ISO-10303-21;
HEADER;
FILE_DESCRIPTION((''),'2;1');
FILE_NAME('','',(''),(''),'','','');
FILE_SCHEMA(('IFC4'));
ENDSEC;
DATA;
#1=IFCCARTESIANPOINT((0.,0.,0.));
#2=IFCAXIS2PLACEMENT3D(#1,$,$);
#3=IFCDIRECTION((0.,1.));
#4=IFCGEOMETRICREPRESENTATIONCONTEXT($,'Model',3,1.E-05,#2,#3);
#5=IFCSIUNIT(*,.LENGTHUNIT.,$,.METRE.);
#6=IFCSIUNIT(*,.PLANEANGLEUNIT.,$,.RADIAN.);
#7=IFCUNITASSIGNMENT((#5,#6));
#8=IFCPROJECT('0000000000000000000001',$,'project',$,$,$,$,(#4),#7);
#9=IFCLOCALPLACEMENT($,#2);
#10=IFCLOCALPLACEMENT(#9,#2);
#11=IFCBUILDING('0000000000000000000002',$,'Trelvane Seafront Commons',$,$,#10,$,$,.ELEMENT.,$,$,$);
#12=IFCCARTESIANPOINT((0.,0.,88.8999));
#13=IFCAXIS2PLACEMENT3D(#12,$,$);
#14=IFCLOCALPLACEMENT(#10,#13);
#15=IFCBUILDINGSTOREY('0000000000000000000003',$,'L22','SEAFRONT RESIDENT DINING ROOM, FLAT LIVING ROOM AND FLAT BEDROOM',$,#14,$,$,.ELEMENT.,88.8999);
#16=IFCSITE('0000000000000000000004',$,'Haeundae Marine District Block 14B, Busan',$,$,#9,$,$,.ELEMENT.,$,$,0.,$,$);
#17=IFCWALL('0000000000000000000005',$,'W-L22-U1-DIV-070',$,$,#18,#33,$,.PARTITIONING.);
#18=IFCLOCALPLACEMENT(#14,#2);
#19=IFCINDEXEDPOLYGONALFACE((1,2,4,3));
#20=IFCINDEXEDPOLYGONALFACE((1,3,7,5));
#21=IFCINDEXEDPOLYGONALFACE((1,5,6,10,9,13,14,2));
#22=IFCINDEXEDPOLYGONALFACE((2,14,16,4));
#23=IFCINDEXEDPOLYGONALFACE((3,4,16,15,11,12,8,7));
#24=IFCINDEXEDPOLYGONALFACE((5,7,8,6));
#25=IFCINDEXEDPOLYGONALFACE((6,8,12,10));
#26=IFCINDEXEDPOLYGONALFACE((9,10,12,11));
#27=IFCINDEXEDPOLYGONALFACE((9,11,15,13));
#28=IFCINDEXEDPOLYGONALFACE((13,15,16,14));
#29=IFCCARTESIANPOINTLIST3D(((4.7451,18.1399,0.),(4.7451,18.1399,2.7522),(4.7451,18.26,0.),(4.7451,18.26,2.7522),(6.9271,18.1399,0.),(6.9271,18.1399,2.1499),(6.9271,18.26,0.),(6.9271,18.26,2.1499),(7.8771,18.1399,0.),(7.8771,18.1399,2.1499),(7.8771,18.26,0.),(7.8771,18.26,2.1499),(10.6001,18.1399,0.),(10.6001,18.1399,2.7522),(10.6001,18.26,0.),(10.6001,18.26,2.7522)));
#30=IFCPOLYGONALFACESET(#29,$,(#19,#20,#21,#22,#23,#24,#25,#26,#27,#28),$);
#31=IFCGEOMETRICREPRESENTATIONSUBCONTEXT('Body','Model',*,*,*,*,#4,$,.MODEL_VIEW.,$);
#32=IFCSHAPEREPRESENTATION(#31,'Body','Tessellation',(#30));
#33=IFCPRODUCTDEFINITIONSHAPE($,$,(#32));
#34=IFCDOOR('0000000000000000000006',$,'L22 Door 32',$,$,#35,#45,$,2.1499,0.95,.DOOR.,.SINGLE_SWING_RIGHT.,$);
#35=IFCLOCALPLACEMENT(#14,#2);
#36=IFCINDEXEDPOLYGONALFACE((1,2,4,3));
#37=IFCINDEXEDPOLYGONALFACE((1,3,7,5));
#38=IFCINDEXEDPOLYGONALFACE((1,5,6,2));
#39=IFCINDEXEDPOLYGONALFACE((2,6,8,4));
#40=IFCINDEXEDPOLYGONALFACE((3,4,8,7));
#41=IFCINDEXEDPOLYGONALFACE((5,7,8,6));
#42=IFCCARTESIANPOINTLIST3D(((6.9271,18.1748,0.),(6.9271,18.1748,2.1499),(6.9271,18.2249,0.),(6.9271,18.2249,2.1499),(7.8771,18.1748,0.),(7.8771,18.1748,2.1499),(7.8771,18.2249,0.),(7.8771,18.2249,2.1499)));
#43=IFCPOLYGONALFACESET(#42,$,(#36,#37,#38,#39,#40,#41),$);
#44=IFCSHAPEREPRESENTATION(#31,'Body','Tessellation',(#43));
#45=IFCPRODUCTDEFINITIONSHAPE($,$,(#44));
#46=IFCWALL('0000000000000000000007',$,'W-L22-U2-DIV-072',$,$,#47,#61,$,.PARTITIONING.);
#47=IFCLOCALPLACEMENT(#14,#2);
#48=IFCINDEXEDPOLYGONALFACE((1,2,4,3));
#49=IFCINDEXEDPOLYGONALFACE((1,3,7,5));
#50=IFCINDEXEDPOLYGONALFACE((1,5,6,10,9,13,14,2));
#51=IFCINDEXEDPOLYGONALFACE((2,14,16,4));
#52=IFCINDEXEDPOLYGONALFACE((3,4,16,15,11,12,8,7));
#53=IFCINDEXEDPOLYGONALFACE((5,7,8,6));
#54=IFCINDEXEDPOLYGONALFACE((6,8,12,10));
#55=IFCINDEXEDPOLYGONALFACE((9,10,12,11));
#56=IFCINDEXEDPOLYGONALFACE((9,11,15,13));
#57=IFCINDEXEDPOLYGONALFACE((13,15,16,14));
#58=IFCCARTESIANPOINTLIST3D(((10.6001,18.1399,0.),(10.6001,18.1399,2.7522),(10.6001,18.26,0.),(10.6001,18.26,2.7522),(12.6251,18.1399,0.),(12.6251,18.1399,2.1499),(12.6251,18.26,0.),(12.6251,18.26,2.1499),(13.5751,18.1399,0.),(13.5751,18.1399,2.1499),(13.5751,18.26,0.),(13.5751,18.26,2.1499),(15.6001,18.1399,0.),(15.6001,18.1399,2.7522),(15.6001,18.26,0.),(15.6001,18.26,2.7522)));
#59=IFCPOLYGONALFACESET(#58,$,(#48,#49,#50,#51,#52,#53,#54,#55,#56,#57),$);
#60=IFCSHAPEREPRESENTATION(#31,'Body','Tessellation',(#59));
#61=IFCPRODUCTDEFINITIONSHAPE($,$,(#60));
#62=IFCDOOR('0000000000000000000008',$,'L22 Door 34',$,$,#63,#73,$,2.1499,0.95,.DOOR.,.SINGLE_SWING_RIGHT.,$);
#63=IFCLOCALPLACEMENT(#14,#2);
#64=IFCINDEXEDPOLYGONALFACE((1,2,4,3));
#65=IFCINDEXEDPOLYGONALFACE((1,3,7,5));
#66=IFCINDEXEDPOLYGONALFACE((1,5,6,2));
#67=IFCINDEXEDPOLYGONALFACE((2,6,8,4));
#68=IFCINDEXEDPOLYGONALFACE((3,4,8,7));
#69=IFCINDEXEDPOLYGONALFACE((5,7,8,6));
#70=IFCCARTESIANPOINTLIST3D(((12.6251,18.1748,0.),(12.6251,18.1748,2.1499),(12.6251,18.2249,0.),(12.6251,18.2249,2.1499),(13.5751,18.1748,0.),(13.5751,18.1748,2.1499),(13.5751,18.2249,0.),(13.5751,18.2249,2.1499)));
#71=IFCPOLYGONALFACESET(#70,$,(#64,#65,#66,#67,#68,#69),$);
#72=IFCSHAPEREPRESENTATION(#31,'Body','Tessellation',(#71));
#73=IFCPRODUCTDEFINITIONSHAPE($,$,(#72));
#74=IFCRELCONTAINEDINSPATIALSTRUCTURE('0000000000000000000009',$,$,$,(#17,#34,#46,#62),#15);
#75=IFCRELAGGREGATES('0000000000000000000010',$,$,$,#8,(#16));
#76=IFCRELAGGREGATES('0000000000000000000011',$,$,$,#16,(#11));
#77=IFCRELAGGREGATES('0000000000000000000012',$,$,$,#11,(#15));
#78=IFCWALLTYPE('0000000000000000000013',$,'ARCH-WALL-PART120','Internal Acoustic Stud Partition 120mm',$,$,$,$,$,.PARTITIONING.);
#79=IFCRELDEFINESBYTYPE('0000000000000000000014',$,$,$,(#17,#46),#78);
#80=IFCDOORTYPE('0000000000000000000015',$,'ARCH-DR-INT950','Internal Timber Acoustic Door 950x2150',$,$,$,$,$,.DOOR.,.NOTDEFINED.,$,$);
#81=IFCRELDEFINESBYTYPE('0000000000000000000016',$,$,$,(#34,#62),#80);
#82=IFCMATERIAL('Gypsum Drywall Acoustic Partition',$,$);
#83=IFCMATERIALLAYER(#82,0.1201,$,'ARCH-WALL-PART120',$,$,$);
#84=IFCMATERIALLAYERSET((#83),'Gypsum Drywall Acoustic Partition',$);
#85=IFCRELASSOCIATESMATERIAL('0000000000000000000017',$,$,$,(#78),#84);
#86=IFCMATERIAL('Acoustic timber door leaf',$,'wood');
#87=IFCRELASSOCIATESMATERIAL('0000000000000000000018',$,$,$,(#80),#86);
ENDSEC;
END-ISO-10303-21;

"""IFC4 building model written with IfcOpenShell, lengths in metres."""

from ifc_helpers import new_model, si_unit, direction, frame, frame_2d, origin, place, context, subcontext, project, spatial, rectangle, extrude, source, transform, mapped, material, layer, layer_set, type_object, element, fill, save


model = new_model("IFC4")

# Units and contexts
model_context = context("Model", 3, precision=1e-05, world=origin(), true_north=direction((0.0, 1.0)))
body_context = subcontext(model_context, "Body", "Model", "MODEL_VIEW")
ifc_project = project(units=[si_unit("LENGTHUNIT", "METRE"), si_unit("PLANEANGLEUNIT", "RADIAN")], contexts=[model_context])

# Site, building, storey
site_placement = place(None, origin())
site = spatial("IfcSite", under=ifc_project, at=site_placement, Name="Haeundae Marine District Block 14B, Busan", CompositionType="ELEMENT", RefElevation=0.0)
building_placement = place(site_placement, origin())
building = spatial("IfcBuilding", under=site, at=building_placement, Name="Trelvane Seafront Commons", CompositionType="ELEMENT")
storey_placement = place(building_placement, frame((0.0, 0.0, 88.8999)))
storey = spatial("IfcBuildingStorey", under=building, at=storey_placement, Name="L22", Description="SEAFRONT RESIDENT DINING ROOM, FLAT LIVING ROOM AND FLAT BEDROOM", CompositionType="ELEMENT", Elevation=88.8999)

# Walls, openings, doors
ifc_material_1 = material(Name="Gypsum Drywall Acoustic Partition")
ifc_layer_1 = layer(ifc_material_1, 0.1201, Name="ARCH-WALL-PART120")
ifc_layer_set_1 = layer_set([ifc_layer_1], Name="Gypsum Drywall Acoustic Partition")
wall_type_1 = type_object("IfcWallType", Name="ARCH-WALL-PART120", Description="Internal Acoustic Stud Partition 120mm", PredefinedType="PARTITIONING", material=ifc_layer_set_1)
wall_1_placement = place(storey_placement, frame((4.7451, 18.2, 0.0), z_axis=(0.0, 0.0, 1.0), x_axis=(1.0, 0.0, 0.0)))
wall_1 = element("IfcWall", 1, at=wall_1_placement, inside=storey, type_object=wall_type_1, Name="W-L22-U1-DIV-070", PredefinedType="PARTITIONING", context=body_context, shape_type="SweptSolid", body=[
    extrude(rectangle(XDim=5.855, YDim=0.1201, at=frame_2d((2.9275, 0.0))), origin(), (0.0, 0.0, 1.0), 2.7522),
])
opening_1_placement = place(wall_1_placement, frame((2.1819, 0.0, 0.0)))
opening_1 = element("IfcOpeningElement", 2, at=opening_1_placement, cuts=wall_1, PredefinedType="OPENING", context=body_context, shape_type="SweptSolid", body=[
    extrude(rectangle(XDim=0.95, YDim=2.1499, at=frame_2d((0.4751, 1.075))), frame((0.0, 0.0701, 0.0), z_axis=(0.0, -1.0, 0.0), x_axis=(1.0, 0.0, 0.0)), (0.0, 0.0, 1.0), 0.1401),
])
ifc_material_2 = material(Name="Acoustic timber door leaf", Category="wood")
door_type = type_object("IfcDoorType", Name="ARCH-DR-INT950", Description="Internal Timber Acoustic Door 950x2150", OperationType="NOTDEFINED", PredefinedType="DOOR", material=ifc_material_2)
shared_shape_1 = source(origin(), body_context, "Body", "SweptSolid", [
    extrude(rectangle(XDim=0.95, YDim=2.1499, at=frame_2d((0.4751, 1.075))), frame((0.0, 0.0249, 0.0), z_axis=(0.0, -1.0, 0.0), x_axis=(1.0, 0.0, 0.0)), (0.0, 0.0, 1.0), 0.05),
])
door_1_placement = place(opening_1_placement, origin())
door_1 = element("IfcDoor", 3, at=door_1_placement, inside=storey, type_object=door_type, Name="L22 Door 32", OperationType="SINGLE_SWING_RIGHT", OverallHeight=2.1499, OverallWidth=0.95, PredefinedType="DOOR", context=body_context, shape_type="MappedRepresentation", body=[
    mapped(shared_shape_1, transform((0.0, 0.0, 0.0), x_axis=(1.0, 0.0, 0.0), y_axis=(0.0, 1.0, 0.0), z_axis=(0.0, 0.0, 1.0), scale=1.0)),
])
fill(opening_1, door_1)
wall_2_placement = place(storey_placement, frame((10.6001, 18.2, 0.0), z_axis=(0.0, 0.0, 1.0), x_axis=(1.0, 0.0, 0.0)))
wall_2 = element("IfcWall", 4, at=wall_2_placement, inside=storey, type_object=wall_type_1, Name="W-L22-U2-DIV-072", PredefinedType="PARTITIONING", context=body_context, shape_type="SweptSolid", body=[
    extrude(rectangle(XDim=5.0, YDim=0.1201, at=frame_2d((2.5, 0.0))), origin(), (0.0, 0.0, 1.0), 2.7522),
])
opening_2_placement = place(wall_2_placement, frame((2.0249, 0.0, 0.0)))
opening_2 = element("IfcOpeningElement", 5, at=opening_2_placement, cuts=wall_2, PredefinedType="OPENING", context=body_context, shape_type="SweptSolid", body=[
    extrude(rectangle(XDim=0.95, YDim=2.1499, at=frame_2d((0.4751, 1.075))), frame((0.0, 0.0701, 0.0), z_axis=(0.0, -1.0, 0.0), x_axis=(1.0, 0.0, 0.0)), (0.0, 0.0, 1.0), 0.1401),
])
door_2_placement = place(opening_2_placement, origin())
door_2 = element("IfcDoor", 6, at=door_2_placement, inside=storey, type_object=door_type, Name="L22 Door 34", OperationType="SINGLE_SWING_RIGHT", OverallHeight=2.1499, OverallWidth=0.95, PredefinedType="DOOR", context=body_context, shape_type="MappedRepresentation", body=[
    mapped(shared_shape_1, transform((0.0, 0.0, 0.0), x_axis=(1.0, 0.0, 0.0), y_axis=(0.0, 1.0, 0.0), z_axis=(0.0, 0.0, 1.0), scale=1.0)),
])
fill(opening_2, door_2)

save(model, "model.ifc")
